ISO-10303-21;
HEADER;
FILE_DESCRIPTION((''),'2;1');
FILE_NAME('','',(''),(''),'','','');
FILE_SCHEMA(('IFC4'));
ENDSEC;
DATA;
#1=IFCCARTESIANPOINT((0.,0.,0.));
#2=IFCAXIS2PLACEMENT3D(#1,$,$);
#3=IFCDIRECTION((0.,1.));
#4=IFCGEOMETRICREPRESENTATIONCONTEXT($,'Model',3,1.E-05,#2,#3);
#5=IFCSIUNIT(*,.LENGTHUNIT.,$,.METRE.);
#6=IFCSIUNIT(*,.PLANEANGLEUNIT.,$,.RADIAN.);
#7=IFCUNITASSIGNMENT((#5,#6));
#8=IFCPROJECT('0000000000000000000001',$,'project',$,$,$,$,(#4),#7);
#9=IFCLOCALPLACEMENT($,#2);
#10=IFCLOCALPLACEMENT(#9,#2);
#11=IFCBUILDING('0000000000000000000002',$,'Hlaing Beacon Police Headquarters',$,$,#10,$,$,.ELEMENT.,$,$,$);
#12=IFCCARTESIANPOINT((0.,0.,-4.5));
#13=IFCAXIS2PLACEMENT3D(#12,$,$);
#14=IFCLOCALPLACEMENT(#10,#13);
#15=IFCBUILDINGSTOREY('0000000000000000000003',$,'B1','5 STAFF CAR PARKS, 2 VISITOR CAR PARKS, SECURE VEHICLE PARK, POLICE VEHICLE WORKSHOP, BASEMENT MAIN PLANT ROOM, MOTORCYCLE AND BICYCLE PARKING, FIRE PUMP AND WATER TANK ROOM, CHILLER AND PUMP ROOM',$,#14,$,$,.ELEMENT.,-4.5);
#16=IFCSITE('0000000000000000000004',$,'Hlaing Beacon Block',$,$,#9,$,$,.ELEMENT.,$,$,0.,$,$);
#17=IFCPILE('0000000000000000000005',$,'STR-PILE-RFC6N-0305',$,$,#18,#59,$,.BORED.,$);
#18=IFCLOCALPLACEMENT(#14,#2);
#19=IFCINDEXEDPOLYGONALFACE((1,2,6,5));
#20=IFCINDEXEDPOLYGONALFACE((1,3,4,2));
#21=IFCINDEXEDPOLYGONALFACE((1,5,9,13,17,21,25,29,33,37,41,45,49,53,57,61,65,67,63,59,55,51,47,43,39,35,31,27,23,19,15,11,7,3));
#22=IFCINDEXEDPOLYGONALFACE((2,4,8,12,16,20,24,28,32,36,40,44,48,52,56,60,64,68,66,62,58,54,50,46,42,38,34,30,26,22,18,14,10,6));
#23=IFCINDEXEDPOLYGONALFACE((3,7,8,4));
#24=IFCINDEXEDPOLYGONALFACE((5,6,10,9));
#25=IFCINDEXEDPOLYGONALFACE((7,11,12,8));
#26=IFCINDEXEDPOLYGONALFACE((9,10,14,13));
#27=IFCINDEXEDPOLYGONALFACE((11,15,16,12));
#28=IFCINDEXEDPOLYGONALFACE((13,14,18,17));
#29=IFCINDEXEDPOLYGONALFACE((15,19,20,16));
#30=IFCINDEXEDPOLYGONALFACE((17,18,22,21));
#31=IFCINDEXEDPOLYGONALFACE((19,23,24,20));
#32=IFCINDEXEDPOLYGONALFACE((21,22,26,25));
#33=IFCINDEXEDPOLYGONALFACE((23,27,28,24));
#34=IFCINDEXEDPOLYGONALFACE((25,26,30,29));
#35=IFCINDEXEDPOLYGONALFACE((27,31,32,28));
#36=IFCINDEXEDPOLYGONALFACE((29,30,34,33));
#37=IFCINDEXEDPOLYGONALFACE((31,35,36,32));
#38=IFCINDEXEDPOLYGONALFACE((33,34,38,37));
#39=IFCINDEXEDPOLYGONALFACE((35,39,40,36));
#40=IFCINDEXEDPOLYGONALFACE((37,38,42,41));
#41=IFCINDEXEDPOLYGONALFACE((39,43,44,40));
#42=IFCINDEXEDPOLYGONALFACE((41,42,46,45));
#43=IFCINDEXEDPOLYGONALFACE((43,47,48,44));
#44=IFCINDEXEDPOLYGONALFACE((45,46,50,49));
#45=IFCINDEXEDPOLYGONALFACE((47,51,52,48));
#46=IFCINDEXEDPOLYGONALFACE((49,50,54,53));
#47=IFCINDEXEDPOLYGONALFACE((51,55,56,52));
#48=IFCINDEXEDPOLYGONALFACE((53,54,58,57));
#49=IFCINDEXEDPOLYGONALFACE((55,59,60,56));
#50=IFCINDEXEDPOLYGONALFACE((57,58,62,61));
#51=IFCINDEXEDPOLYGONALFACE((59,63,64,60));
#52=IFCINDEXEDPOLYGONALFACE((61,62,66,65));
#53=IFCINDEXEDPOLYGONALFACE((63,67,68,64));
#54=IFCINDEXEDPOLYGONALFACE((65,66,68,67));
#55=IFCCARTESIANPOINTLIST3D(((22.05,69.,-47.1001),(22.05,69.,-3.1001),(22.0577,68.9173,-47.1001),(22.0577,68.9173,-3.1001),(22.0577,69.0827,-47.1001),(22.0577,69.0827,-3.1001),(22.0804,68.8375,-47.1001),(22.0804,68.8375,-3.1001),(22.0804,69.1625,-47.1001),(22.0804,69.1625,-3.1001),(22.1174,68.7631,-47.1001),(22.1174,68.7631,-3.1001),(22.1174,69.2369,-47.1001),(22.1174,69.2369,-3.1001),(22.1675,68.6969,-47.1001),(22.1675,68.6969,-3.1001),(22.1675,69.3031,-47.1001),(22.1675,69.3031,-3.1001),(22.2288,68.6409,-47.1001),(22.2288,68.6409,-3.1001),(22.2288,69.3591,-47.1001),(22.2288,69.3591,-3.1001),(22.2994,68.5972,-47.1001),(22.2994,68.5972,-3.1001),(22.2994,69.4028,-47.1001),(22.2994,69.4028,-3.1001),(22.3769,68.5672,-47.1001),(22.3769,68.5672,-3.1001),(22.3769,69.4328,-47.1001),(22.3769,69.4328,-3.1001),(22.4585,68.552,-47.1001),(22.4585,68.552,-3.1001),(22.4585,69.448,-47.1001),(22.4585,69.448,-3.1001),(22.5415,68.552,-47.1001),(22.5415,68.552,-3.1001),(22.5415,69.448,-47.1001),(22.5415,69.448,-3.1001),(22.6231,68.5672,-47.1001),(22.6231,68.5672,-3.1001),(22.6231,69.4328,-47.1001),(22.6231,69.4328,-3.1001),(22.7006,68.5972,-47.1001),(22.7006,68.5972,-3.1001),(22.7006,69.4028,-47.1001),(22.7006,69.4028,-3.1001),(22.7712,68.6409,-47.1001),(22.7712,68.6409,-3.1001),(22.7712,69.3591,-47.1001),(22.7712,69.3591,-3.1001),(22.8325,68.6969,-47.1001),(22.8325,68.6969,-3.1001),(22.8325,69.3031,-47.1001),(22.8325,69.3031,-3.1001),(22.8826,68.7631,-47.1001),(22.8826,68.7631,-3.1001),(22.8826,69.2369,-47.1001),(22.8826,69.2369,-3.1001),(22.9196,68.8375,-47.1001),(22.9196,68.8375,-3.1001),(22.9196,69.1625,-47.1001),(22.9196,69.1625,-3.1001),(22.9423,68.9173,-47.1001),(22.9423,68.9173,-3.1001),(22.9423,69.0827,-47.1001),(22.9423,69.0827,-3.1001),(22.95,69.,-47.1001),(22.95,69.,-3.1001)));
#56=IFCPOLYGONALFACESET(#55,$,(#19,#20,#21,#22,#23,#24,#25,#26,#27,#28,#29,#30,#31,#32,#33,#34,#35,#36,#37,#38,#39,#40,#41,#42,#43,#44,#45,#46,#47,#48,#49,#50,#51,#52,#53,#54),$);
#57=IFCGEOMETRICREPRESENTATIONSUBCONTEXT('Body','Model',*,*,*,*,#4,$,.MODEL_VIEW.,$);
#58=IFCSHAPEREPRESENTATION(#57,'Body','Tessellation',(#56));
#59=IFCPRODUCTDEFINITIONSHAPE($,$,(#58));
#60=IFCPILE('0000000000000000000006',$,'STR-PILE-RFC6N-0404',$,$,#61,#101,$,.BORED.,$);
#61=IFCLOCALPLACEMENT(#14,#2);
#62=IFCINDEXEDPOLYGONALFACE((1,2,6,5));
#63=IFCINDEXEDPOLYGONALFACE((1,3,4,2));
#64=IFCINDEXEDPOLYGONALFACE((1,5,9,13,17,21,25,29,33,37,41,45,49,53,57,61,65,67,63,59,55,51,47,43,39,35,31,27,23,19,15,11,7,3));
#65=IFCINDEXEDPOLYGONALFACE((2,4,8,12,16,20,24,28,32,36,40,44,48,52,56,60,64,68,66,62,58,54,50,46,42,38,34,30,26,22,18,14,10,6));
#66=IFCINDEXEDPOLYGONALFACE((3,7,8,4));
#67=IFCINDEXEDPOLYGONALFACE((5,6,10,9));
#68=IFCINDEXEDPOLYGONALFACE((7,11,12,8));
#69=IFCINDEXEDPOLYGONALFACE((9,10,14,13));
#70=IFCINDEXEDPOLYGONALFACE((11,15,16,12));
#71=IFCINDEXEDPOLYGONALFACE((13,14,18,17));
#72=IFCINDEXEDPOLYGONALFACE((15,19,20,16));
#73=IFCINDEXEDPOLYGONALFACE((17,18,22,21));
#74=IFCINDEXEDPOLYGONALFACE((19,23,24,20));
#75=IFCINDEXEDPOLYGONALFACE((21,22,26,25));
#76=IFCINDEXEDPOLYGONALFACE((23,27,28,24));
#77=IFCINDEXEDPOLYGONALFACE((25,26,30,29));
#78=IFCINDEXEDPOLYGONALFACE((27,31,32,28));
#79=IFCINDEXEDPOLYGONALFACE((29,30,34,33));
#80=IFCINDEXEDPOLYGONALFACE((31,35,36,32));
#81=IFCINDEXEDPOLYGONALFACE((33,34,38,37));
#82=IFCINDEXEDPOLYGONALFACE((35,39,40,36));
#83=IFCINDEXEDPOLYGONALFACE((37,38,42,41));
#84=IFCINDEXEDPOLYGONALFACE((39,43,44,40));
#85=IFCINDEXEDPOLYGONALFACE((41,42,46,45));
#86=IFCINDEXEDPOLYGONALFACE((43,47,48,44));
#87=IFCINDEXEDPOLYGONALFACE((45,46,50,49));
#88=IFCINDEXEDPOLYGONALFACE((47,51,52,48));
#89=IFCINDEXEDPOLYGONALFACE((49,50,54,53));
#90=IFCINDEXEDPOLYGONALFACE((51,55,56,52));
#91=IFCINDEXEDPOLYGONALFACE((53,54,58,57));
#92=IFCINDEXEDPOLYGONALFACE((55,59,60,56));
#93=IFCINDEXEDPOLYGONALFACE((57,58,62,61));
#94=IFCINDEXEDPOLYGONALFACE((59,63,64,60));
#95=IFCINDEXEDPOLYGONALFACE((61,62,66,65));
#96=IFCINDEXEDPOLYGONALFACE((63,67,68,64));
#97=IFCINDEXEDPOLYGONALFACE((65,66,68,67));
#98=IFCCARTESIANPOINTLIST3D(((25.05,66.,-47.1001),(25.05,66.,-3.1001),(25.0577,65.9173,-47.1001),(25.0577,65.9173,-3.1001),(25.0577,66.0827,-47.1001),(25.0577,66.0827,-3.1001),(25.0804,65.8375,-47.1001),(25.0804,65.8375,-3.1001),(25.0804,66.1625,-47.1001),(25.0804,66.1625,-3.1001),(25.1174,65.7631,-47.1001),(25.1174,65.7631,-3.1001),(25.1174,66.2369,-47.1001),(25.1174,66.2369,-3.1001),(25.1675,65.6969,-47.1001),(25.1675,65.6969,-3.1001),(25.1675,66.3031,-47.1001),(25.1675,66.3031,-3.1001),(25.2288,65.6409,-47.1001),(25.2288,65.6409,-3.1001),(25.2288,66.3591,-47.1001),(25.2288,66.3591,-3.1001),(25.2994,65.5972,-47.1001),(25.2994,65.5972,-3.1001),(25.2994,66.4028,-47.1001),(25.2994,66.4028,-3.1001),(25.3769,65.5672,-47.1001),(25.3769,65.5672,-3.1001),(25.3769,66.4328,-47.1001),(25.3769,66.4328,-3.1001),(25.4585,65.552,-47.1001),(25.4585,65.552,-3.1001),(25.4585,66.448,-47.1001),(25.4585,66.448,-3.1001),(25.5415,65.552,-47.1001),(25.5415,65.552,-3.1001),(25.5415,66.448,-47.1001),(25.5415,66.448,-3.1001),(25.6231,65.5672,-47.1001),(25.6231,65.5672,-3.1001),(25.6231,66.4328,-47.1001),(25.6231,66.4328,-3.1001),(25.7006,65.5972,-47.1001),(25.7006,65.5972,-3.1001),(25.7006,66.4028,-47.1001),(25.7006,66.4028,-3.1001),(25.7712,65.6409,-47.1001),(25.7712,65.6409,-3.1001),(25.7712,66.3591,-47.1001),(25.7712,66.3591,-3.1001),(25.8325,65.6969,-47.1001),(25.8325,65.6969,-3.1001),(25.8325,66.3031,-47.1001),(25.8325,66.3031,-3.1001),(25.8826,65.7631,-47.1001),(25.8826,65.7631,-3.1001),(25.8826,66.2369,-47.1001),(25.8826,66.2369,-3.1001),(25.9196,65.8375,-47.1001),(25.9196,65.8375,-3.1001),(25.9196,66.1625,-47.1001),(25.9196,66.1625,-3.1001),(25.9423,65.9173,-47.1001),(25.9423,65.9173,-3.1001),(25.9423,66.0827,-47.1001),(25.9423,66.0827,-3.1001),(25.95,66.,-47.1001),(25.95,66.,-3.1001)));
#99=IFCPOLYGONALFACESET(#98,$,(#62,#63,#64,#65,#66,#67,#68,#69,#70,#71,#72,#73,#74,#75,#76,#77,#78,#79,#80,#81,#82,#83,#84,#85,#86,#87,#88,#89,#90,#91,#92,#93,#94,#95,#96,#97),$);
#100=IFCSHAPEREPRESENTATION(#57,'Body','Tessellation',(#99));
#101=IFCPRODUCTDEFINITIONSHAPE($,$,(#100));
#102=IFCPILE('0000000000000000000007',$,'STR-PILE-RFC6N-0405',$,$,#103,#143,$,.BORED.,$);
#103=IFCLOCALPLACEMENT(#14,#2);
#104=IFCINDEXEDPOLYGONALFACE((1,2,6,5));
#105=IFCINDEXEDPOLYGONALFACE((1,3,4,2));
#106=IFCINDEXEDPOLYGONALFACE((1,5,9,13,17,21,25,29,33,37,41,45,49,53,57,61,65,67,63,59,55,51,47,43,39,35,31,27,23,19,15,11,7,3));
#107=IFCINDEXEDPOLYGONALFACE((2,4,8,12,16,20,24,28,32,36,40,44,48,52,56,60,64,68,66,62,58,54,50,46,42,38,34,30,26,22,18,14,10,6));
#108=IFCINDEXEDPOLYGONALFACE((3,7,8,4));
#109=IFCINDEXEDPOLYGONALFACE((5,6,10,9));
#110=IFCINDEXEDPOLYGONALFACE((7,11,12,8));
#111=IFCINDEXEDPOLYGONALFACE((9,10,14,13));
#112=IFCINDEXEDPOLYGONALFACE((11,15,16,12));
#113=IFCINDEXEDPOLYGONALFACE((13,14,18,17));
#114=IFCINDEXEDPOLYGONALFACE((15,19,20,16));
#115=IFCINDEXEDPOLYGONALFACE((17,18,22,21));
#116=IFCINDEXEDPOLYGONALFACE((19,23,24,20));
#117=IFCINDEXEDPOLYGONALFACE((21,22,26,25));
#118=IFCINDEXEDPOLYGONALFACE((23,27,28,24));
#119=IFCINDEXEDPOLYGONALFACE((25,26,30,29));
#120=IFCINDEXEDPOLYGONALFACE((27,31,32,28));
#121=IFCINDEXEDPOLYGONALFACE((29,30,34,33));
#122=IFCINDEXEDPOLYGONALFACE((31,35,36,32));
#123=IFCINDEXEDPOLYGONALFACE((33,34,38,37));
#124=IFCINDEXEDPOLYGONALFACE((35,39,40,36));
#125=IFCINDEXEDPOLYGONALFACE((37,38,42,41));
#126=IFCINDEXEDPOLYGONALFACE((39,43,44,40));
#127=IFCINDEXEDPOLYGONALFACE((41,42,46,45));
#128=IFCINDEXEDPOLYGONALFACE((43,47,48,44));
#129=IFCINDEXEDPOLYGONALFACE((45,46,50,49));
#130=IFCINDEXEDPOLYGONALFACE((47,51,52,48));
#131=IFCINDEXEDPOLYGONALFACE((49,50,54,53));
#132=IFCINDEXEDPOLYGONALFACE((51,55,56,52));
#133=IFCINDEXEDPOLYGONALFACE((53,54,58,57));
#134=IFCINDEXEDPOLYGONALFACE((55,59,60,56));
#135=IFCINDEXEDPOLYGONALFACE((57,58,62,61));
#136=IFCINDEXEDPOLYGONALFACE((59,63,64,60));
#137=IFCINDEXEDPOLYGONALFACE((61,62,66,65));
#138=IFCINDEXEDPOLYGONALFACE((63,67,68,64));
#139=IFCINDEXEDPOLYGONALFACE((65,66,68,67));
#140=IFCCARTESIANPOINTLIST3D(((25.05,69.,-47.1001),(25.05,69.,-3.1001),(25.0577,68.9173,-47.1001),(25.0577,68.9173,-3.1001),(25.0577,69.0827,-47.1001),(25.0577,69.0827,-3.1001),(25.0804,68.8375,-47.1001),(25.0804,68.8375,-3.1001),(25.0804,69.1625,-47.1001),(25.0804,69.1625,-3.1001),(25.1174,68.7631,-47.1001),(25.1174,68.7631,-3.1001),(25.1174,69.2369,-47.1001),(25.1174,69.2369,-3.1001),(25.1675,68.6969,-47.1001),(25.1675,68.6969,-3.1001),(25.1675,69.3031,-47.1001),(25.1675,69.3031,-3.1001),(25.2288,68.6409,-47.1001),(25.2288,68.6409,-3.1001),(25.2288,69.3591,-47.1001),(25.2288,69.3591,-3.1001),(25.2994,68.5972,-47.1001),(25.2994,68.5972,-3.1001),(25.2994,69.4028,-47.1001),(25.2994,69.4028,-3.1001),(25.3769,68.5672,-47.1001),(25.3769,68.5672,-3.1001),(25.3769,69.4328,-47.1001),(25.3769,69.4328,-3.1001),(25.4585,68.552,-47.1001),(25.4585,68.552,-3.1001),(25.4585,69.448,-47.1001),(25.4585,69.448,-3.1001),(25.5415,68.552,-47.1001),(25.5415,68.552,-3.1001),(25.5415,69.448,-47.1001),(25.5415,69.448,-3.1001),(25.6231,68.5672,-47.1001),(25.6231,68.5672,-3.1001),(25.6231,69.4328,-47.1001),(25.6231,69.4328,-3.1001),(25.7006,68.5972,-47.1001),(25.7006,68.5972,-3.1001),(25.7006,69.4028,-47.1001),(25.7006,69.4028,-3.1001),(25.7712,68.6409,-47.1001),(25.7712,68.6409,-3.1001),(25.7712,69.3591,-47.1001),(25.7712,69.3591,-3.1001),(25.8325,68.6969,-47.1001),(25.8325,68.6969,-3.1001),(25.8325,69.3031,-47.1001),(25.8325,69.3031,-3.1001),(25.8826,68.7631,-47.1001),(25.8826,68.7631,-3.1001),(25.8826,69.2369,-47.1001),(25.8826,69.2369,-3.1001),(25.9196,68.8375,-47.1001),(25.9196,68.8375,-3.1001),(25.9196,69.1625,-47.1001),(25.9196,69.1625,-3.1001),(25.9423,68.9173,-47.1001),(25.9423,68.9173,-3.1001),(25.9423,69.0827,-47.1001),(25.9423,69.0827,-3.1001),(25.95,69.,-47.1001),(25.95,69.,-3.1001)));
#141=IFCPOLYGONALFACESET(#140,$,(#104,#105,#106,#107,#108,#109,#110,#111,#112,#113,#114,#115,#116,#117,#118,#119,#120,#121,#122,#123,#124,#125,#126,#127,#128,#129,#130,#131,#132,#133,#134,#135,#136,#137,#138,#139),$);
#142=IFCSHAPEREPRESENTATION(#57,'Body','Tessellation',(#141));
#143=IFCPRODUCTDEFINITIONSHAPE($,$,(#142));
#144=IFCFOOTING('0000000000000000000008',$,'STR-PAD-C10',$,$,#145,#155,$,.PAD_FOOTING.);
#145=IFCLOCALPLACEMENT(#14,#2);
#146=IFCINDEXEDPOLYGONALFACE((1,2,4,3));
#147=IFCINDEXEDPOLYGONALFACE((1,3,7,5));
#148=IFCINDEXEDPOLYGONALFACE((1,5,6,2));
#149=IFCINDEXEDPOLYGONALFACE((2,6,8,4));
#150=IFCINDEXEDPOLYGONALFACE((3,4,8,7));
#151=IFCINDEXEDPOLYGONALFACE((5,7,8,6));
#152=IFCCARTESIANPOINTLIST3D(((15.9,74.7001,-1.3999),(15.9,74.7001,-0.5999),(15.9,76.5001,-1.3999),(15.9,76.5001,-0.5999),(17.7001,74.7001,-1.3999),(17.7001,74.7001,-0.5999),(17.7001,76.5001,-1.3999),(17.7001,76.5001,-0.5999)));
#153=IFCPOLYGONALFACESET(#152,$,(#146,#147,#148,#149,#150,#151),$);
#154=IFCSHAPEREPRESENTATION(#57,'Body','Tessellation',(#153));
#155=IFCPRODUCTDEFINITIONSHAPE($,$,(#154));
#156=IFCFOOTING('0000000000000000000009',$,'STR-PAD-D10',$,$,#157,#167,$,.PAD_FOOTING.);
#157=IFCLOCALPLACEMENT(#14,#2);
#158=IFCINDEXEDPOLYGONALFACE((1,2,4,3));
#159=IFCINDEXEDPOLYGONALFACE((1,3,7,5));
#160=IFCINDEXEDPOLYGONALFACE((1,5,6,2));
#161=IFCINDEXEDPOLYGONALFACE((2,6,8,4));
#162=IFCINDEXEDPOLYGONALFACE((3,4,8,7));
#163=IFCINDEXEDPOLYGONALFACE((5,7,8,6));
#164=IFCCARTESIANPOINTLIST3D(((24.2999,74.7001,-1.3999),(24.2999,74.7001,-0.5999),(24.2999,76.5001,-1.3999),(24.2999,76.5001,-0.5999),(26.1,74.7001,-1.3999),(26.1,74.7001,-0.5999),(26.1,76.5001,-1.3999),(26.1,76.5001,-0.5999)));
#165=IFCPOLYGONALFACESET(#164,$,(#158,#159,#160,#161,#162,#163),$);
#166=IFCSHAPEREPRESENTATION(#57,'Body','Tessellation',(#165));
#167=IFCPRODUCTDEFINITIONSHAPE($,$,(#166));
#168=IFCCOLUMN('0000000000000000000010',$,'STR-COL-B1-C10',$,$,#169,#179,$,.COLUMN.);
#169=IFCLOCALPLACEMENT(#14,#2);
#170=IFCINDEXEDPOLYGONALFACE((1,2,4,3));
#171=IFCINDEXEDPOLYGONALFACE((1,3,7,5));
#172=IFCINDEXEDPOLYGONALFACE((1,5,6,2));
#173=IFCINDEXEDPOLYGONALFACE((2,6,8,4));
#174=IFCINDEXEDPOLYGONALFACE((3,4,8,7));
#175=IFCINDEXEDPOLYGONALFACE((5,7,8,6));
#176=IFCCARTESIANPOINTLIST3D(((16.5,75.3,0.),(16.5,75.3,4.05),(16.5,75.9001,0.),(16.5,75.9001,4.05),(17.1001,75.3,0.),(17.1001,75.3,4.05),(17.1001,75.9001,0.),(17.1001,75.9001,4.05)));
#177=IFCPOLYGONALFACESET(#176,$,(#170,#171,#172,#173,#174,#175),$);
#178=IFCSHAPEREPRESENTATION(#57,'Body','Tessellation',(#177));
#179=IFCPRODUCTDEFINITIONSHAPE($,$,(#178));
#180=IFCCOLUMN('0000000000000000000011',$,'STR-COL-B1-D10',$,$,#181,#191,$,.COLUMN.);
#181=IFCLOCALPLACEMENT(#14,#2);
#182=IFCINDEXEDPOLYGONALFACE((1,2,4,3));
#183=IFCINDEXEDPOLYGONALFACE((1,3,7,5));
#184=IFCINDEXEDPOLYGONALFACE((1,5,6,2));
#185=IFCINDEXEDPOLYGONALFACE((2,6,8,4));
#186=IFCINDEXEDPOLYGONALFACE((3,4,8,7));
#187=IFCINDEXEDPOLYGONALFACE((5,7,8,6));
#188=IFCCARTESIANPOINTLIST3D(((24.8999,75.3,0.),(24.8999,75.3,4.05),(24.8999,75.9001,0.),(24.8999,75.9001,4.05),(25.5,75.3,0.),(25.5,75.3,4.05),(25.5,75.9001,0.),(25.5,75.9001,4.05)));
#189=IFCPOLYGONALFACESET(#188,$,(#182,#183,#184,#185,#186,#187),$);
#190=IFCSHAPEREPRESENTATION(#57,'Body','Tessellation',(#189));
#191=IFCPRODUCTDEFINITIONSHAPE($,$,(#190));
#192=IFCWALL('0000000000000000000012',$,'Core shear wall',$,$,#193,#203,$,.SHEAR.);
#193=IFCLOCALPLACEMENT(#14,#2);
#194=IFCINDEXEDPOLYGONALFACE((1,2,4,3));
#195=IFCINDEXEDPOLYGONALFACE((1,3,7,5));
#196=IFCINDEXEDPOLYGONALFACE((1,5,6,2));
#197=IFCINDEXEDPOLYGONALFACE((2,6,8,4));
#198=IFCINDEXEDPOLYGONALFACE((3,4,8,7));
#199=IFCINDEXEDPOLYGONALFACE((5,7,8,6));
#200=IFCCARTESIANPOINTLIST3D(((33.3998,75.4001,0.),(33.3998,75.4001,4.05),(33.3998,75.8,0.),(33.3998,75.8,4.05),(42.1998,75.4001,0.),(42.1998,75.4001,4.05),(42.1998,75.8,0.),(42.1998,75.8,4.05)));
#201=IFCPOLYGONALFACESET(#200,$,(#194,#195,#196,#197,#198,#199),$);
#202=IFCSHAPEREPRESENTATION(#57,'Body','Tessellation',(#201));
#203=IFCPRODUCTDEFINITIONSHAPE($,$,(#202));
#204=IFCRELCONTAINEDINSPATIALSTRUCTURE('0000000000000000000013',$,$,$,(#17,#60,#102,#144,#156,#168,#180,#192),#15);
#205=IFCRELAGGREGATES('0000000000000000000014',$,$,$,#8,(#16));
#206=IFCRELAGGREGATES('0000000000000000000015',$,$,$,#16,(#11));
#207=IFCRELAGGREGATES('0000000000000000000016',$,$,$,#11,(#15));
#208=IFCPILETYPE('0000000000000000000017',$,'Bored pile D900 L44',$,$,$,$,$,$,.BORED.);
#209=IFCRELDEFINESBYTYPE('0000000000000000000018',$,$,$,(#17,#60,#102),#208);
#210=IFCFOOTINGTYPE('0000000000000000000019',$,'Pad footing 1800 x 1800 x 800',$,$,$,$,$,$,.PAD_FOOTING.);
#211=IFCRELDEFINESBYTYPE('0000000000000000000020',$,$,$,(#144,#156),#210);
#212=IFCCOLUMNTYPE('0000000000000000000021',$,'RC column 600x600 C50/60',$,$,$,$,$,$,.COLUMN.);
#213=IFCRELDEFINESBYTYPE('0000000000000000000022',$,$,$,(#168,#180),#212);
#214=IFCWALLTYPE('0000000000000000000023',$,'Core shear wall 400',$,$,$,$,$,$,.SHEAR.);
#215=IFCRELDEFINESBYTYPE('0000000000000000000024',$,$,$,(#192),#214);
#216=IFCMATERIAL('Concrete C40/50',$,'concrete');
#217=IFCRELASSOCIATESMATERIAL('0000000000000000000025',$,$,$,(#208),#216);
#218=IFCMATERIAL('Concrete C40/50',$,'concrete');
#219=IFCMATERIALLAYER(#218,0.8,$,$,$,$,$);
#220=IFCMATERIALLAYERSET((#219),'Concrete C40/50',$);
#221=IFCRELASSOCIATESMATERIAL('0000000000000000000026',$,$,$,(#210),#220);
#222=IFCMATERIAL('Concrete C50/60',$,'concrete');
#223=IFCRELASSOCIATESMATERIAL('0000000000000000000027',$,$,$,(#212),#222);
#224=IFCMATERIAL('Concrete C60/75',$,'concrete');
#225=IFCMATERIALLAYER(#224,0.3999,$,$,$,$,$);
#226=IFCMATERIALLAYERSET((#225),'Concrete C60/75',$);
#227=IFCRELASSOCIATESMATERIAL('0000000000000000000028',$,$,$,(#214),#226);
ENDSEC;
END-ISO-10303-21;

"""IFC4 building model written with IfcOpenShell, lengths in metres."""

from ifc_helpers import new_model, si_unit, direction, frame, frame_2d, origin, origin_2d, place, context, subcontext, project, spatial, rectangle, circle, extrude, material, layer, layer_set, material_profile, profile_set, type_object, element, save


model = new_model("IFC4")

# Units and contexts
model_context = context("Model", 3, precision=1e-05, world=origin(), true_north=direction((0.0, 1.0)))
body_context = subcontext(model_context, "Body", "Model", "MODEL_VIEW")
ifc_project = project(units=[si_unit("LENGTHUNIT", "METRE"), si_unit("PLANEANGLEUNIT", "RADIAN")], contexts=[model_context])

# Site, building, storey
site_placement = place(None, origin())
site = spatial("IfcSite", under=ifc_project, at=site_placement, Name="Hlaing Beacon Block", CompositionType="ELEMENT", RefElevation=0.0)
building_placement = place(site_placement, origin())
building = spatial("IfcBuilding", under=site, at=building_placement, Name="Hlaing Beacon Police Headquarters", CompositionType="ELEMENT")
storey_placement = place(building_placement, frame((0.0, 0.0, -4.5)))
storey = spatial("IfcBuildingStorey", under=building, at=storey_placement, Name="B1", Description="5 STAFF CAR PARKS, 2 VISITOR CAR PARKS, SECURE VEHICLE PARK, POLICE VEHICLE WORKSHOP, BASEMENT MAIN PLANT ROOM, MOTORCYCLE AND BICYCLE PARKING, FIRE PUMP AND WATER TANK ROOM, CHILLER AND PUMP ROOM", CompositionType="ELEMENT", Elevation=-4.5)

# Piles
ifc_material_1 = material(Name="Concrete C40/50", Category="concrete")
ifc_material_profile_1 = material_profile(ifc_material_1, circle(Radius=0.45, at=origin_2d()), Name="D900")
ifc_profile_set_1 = profile_set([ifc_material_profile_1], Name="Concrete C40/50")
pile_type_1 = type_object("IfcPileType", Name="Bored pile D900 L44", PredefinedType="BORED", material=ifc_profile_set_1)
for number, where, z_axis, x_axis, name in (
    (1, (22.5, 69.0, -3.1001), (0.0, 0.0, -1.0), (1.0, 0.0, 0.0), "STR-PILE-RFC6N-0305"),
    (2, (25.5, 66.0, -3.1001), (0.0, 0.0, -1.0), (1.0, 0.0, 0.0), "STR-PILE-RFC6N-0404"),
    (3, (25.5, 69.0, -3.1001), (0.0, 0.0, -1.0), (1.0, 0.0, 0.0), "STR-PILE-RFC6N-0405"),
):
    element("IfcPile", number, at=place(storey_placement, frame(where, z_axis=z_axis, x_axis=x_axis)), inside=storey, type_object=pile_type_1, Name=name, PredefinedType="BORED", context=body_context, shape_type="SweptSolid", body=[
        extrude(circle(Radius=0.45, at=origin_2d()), origin(), (0.0, 0.0, 1.0), 44.0),
    ])

# Footings
ifc_material_2 = material(Name="Concrete C40/50", Category="concrete")
ifc_layer_1 = layer(ifc_material_2, 0.8)
ifc_layer_set_1 = layer_set([ifc_layer_1], Name="Concrete C40/50")
footing_type = type_object("IfcFootingType", Name="Pad footing 1800 x 1800 x 800", PredefinedType="PAD_FOOTING", material=ifc_layer_set_1)
for number, where, z_axis, x_axis, name in (
    (4, (16.8, 75.6001, -1.3999), (0.0, 0.0, 1.0), (1.0, 0.0, 0.0), "STR-PAD-C10"),
    (5, (25.2, 75.6001, -1.3999), (0.0, 0.0, 1.0), (1.0, 0.0, 0.0), "STR-PAD-D10"),
):
    element("IfcFooting", number, at=place(storey_placement, frame(where, z_axis=z_axis, x_axis=x_axis)), inside=storey, type_object=footing_type, Name=name, PredefinedType="PAD_FOOTING", context=body_context, shape_type="SweptSolid", body=[
        extrude(rectangle(XDim=1.8, YDim=1.8, at=origin_2d()), origin(), (0.0, 0.0, 1.0), 0.8),
    ])

# Columns
ifc_material_3 = material(Name="Concrete C50/60", Category="concrete")
ifc_material_profile_2 = material_profile(ifc_material_3, rectangle(XDim=0.6001, YDim=0.6001, at=origin_2d()), Name="600x600")
ifc_profile_set_2 = profile_set([ifc_material_profile_2], Name="Concrete C50/60")
column_type = type_object("IfcColumnType", Name="RC column 600x600 C50/60", PredefinedType="COLUMN", material=ifc_profile_set_2)
for number, where, z_axis, x_axis, name in (
    (6, (16.8, 75.6001, 0.0), (0.0, 0.0, 1.0), (1.0, 0.0, 0.0), "STR-COL-B1-C10"),
    (7, (25.2, 75.6001, 0.0), (0.0, 0.0, 1.0), (1.0, 0.0, 0.0), "STR-COL-B1-D10"),
):
    element("IfcColumn", number, at=place(storey_placement, frame(where, z_axis=z_axis, x_axis=x_axis)), inside=storey, type_object=column_type, Name=name, PredefinedType="COLUMN", context=body_context, shape_type="SweptSolid", body=[
        extrude(rectangle(XDim=0.6001, YDim=0.6001, at=origin_2d()), origin(), (0.0, 0.0, 1.0), 4.05),
    ])

# Wall
ifc_material_4 = material(Name="Concrete C60/75", Category="concrete")
ifc_layer_2 = layer(ifc_material_4, 0.3999)
ifc_layer_set_2 = layer_set([ifc_layer_2], Name="Concrete C60/75")
wall_type = type_object("IfcWallType", Name="Core shear wall 400", PredefinedType="SHEAR", material=ifc_layer_set_2)
wall_1_placement = place(storey_placement, frame((33.3999, 75.6001, 0.0), z_axis=(0.0, 0.0, 1.0), x_axis=(1.0, 0.0, 0.0)))
element("IfcWall", 8, at=wall_1_placement, inside=storey, type_object=wall_type, Name="Core shear wall", PredefinedType="SHEAR", context=body_context, shape_type="SweptSolid", body=[
    extrude(rectangle(XDim=8.8, YDim=0.3999, at=frame_2d((4.3999, 0.0))), origin(), (0.0, 0.0, 1.0), 4.05),
])

save(model, "model.ifc")
